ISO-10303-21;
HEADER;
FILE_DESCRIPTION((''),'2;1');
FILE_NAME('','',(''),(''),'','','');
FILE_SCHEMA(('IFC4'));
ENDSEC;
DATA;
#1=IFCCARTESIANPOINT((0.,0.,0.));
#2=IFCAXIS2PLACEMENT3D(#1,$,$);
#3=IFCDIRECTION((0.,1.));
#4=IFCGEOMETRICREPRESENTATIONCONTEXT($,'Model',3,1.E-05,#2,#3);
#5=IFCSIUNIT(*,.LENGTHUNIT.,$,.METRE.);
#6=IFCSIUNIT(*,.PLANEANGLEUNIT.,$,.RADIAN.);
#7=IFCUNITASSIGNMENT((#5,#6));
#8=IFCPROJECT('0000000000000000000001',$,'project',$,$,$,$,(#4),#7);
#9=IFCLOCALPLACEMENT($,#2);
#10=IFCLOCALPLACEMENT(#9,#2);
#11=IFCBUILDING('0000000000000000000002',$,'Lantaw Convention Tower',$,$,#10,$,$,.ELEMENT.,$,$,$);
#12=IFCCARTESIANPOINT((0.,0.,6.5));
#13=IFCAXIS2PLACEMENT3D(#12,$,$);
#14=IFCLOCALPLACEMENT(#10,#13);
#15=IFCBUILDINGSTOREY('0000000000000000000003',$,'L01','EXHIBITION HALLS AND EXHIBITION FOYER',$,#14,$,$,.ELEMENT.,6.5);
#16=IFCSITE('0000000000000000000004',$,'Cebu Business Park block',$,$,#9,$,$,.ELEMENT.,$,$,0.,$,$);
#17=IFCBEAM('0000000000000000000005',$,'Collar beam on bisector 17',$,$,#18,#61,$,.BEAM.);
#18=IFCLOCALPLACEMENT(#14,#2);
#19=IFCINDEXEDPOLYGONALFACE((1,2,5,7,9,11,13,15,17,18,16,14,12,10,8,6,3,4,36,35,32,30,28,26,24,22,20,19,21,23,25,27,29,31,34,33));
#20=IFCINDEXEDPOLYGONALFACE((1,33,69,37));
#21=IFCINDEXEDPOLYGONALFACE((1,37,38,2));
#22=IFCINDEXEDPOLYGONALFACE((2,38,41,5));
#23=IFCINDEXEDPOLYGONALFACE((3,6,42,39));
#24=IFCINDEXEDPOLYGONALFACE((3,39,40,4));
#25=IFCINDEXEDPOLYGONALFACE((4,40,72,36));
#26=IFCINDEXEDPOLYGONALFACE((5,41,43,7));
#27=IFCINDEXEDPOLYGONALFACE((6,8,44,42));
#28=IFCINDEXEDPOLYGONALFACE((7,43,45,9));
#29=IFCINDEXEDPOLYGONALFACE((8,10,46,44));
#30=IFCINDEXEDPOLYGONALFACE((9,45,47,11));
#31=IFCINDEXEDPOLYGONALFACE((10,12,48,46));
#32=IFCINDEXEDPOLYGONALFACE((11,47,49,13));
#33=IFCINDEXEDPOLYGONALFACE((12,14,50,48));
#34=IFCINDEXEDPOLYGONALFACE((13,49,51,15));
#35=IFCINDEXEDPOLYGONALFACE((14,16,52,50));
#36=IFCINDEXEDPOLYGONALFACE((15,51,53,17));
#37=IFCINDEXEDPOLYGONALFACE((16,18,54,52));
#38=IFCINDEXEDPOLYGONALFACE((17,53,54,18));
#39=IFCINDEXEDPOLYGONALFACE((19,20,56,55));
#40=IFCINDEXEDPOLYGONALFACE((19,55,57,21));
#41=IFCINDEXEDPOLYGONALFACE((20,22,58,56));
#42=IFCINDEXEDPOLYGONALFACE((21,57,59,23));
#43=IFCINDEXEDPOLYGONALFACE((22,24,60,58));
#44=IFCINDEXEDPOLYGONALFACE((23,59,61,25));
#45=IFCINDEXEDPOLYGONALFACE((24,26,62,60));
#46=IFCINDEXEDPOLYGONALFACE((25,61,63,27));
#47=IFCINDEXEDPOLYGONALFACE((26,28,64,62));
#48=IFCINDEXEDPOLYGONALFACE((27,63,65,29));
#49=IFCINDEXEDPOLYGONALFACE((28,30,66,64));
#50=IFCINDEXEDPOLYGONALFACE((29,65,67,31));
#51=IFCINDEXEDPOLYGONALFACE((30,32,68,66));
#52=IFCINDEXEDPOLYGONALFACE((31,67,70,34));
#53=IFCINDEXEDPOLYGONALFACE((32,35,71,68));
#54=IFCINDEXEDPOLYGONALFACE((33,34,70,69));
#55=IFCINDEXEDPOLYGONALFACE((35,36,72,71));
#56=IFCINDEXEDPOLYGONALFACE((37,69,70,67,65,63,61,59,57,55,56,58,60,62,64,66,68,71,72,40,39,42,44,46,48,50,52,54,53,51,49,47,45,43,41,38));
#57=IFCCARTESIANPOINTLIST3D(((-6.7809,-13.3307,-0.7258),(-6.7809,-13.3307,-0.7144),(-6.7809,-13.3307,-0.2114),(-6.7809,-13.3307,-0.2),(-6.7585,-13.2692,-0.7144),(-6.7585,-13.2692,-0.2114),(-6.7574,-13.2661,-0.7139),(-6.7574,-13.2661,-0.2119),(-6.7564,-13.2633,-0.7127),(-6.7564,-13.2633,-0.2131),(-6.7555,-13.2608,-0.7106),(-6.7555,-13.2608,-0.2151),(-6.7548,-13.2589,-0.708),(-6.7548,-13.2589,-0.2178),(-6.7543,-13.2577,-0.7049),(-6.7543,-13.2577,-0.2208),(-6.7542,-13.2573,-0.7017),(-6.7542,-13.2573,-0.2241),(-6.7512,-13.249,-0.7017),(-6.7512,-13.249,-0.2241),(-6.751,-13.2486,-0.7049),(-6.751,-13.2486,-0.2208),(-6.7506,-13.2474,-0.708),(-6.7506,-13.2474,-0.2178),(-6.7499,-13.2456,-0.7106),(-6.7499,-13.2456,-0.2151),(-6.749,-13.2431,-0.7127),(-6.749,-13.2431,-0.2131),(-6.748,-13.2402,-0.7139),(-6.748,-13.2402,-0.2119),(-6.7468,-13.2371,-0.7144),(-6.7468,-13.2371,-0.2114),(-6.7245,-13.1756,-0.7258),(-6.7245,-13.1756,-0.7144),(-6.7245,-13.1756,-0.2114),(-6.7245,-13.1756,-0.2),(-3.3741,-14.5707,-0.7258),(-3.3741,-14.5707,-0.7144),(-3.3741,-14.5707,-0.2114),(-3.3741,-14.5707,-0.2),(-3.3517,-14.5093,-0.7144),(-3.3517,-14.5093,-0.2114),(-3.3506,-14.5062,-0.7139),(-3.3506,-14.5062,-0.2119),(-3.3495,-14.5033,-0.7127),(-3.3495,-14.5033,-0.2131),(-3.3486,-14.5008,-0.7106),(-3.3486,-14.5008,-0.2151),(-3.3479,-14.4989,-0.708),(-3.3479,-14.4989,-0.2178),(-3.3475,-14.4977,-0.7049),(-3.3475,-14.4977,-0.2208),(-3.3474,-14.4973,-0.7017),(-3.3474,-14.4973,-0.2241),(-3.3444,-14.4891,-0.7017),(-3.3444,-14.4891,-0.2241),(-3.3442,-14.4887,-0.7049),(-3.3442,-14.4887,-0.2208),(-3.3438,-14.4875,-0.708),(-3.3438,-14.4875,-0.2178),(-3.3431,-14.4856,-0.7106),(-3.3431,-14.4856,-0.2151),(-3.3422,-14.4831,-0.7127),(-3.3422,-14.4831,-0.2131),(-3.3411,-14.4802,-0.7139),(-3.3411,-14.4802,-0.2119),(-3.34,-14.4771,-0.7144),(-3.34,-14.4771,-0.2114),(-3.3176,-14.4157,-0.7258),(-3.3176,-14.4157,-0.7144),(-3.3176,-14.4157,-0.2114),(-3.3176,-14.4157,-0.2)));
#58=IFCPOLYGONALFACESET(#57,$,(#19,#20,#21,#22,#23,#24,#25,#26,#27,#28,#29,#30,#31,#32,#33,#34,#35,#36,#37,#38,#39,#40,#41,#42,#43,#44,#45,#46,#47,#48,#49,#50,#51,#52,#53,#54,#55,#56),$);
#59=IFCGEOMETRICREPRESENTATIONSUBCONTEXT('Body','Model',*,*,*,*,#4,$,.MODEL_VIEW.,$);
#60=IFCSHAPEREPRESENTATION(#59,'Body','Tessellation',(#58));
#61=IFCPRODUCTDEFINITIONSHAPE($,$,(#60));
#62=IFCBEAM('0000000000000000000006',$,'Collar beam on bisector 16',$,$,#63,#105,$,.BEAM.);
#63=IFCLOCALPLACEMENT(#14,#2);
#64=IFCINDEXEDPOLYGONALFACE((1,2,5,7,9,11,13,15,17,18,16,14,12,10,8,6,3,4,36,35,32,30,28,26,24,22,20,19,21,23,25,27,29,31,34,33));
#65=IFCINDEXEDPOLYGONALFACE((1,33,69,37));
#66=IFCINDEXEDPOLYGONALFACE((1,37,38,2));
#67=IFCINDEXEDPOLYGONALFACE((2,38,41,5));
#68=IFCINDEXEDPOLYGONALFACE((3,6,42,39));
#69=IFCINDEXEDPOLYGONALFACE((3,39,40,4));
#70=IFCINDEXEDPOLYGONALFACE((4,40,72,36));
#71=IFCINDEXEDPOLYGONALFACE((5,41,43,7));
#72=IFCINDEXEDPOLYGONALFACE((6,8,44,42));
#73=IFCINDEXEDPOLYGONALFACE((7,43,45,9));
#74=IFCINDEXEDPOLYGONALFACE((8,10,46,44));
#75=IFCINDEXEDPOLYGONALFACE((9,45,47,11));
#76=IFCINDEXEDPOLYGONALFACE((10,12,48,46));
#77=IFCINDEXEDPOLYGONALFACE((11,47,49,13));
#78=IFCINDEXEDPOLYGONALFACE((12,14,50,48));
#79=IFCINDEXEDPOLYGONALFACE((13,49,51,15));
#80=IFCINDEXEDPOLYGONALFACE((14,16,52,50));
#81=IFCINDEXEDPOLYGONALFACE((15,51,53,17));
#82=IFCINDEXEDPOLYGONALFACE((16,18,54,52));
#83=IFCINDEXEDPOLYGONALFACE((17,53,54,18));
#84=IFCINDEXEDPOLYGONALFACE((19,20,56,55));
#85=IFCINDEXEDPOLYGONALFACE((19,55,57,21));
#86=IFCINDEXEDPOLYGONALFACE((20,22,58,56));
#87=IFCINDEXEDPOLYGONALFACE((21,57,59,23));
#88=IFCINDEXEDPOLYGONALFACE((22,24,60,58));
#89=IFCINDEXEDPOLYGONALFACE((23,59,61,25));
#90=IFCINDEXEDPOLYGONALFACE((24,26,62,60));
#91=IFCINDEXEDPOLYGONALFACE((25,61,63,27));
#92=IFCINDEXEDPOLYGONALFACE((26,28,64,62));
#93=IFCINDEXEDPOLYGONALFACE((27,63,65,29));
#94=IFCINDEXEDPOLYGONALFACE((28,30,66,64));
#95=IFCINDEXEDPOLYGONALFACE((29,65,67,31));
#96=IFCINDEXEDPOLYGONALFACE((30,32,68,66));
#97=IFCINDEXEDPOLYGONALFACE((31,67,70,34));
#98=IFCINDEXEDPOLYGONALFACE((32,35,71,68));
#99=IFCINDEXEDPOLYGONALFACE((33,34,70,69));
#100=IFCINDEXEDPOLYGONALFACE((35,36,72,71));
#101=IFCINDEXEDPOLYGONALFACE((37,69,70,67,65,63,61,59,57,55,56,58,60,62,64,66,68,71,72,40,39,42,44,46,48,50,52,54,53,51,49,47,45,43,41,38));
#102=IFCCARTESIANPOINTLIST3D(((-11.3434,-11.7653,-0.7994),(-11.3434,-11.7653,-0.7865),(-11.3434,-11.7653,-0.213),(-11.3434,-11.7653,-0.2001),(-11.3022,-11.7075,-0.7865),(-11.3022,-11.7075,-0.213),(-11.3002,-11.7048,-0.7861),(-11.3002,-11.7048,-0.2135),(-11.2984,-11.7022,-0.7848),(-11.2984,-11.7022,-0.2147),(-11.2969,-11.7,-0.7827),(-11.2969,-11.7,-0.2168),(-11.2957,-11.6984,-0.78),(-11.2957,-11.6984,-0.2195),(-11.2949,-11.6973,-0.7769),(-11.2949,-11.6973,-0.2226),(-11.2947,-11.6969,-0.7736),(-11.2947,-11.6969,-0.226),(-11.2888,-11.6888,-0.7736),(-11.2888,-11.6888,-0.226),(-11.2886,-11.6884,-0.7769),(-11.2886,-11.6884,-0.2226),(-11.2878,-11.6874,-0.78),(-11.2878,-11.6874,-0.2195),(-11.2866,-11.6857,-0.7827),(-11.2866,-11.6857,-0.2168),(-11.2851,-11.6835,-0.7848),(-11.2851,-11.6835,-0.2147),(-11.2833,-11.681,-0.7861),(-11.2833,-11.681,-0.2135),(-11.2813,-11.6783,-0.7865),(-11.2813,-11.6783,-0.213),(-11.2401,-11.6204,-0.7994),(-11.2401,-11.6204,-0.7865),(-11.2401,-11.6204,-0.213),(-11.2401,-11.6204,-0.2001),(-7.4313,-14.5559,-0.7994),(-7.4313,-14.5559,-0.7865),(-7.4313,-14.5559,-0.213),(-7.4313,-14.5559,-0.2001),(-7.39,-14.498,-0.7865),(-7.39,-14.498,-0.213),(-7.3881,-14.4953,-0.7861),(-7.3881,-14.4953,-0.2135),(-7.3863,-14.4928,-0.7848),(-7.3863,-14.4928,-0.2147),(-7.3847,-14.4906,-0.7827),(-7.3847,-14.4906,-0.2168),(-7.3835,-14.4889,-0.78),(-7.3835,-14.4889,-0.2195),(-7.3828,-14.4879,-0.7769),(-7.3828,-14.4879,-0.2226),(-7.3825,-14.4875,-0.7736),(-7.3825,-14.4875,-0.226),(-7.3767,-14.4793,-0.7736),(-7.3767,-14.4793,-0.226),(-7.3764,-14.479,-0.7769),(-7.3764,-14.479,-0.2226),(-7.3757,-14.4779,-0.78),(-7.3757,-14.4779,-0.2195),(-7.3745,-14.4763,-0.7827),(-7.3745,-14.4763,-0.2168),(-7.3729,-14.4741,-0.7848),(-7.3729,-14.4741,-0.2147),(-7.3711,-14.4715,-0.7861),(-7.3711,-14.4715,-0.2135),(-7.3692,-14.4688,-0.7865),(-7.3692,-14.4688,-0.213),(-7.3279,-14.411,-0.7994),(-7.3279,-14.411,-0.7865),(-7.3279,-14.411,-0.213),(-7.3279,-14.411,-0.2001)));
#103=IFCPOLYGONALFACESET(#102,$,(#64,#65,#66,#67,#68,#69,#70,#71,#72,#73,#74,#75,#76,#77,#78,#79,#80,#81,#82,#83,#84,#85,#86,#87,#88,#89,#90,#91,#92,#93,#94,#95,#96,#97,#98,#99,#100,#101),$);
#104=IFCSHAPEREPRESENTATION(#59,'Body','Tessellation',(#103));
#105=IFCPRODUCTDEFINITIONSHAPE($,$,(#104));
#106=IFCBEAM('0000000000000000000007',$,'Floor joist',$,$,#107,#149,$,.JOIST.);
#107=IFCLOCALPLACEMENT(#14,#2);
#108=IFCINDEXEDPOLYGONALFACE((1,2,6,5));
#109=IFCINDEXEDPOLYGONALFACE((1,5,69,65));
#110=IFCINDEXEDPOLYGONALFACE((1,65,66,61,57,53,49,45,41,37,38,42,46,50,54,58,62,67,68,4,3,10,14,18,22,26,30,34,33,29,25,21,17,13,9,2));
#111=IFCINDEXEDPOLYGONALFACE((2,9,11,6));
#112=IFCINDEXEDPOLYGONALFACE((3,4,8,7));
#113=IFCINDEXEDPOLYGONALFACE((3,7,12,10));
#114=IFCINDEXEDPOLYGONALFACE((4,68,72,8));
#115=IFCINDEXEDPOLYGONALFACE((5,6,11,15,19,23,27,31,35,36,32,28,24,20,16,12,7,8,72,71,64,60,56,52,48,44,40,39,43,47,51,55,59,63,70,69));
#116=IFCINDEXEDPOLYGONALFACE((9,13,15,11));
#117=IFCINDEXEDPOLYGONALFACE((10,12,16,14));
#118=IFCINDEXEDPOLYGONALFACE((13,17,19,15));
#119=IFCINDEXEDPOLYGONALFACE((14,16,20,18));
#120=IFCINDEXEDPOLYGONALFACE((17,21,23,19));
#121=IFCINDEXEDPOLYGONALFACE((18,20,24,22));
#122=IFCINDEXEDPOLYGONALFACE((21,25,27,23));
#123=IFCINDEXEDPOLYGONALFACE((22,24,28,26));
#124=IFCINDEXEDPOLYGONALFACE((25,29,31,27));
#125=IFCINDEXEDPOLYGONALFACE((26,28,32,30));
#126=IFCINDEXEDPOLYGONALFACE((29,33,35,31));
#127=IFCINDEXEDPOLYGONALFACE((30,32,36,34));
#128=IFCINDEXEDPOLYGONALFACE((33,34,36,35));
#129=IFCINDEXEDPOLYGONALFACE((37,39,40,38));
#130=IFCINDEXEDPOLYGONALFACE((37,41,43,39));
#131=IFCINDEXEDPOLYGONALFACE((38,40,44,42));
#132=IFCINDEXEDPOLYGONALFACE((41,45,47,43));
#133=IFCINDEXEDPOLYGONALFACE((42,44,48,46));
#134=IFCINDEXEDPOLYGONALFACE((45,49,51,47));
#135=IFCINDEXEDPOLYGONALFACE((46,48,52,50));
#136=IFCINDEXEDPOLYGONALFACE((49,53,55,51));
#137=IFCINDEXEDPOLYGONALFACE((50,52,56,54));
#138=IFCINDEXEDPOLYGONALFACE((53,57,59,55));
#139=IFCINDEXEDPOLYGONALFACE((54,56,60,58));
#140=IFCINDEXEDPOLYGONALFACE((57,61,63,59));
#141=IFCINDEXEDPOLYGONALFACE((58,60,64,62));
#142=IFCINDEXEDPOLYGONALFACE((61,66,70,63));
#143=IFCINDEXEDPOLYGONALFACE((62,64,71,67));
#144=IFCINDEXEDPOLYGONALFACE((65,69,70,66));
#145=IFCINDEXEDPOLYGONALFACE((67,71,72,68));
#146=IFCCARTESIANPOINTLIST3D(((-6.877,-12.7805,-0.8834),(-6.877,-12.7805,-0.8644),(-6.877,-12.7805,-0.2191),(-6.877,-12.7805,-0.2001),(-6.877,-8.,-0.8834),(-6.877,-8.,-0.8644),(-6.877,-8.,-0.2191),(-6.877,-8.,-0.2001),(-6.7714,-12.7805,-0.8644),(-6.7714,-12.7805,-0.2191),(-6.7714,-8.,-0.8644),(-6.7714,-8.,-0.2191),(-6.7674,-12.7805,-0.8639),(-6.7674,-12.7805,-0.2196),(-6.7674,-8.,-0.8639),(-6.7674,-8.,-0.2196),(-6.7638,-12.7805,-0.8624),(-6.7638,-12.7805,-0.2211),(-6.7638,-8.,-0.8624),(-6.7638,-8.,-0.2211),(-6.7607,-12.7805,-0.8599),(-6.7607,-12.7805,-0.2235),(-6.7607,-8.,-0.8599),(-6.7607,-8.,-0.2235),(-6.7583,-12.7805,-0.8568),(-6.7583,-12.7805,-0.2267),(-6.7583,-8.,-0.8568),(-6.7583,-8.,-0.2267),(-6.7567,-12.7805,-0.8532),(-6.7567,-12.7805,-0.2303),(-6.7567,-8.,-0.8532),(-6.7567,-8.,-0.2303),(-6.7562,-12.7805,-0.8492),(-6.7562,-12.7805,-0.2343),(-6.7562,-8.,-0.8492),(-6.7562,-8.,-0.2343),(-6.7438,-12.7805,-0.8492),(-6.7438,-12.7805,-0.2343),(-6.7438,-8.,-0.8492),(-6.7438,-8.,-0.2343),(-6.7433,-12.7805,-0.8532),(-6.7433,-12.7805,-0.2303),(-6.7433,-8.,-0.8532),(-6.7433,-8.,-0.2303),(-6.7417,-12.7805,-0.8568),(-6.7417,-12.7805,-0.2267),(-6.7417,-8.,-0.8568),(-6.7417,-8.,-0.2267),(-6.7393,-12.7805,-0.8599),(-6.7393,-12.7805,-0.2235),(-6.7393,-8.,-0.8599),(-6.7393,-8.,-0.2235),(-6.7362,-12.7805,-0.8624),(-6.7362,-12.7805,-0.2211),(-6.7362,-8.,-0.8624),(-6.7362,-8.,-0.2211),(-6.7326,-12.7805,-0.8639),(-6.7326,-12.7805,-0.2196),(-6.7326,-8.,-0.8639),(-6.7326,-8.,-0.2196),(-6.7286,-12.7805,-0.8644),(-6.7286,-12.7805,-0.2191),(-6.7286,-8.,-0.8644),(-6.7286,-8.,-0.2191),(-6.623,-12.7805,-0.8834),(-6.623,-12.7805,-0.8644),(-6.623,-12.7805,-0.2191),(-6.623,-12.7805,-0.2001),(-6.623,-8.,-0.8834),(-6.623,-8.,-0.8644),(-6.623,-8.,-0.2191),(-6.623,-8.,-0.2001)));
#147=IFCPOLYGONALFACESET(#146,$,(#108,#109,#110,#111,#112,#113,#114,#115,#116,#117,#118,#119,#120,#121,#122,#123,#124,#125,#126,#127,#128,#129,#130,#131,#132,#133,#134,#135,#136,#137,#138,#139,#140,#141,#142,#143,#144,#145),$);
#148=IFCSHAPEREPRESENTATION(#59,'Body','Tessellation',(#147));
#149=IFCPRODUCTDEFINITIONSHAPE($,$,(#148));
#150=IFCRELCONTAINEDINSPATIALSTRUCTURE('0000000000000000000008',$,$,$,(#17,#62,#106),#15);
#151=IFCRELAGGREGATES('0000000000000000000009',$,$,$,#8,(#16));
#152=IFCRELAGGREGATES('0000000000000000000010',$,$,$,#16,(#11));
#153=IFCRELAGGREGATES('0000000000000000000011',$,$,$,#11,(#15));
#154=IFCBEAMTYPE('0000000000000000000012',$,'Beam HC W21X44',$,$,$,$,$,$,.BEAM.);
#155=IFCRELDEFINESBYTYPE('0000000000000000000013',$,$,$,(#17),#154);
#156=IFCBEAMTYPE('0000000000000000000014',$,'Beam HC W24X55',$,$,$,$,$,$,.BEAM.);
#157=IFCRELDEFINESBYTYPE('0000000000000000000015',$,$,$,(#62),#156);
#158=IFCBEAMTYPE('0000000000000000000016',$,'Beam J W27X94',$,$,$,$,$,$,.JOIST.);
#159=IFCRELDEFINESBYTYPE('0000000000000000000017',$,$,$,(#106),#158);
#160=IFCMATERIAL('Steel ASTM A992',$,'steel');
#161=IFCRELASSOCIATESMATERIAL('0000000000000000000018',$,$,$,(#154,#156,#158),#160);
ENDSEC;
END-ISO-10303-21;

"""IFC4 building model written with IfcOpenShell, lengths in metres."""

from ifc_helpers import new_model, si_unit, direction, frame, origin, origin_2d, place, context, subcontext, project, spatial, i_section, extrude, material, material_profile, profile_set, type_object, element, save


model = new_model("IFC4")

# Units and contexts
model_context = context("Model", 3, precision=1e-05, world=origin(), true_north=direction((0.0, 1.0)))
body_context = subcontext(model_context, "Body", "Model", "MODEL_VIEW")
ifc_project = project(units=[si_unit("LENGTHUNIT", "METRE"), si_unit("PLANEANGLEUNIT", "RADIAN")], contexts=[model_context])

# Site, building, storey
site_placement = place(None, origin())
site = spatial("IfcSite", under=ifc_project, at=site_placement, Name="Cebu Business Park block", CompositionType="ELEMENT", RefElevation=0.0)
building_placement = place(site_placement, origin())
building = spatial("IfcBuilding", under=site, at=building_placement, Name="Lantaw Convention Tower", CompositionType="ELEMENT")
storey_placement = place(building_placement, frame((0.0, 0.0, 6.5)))
storey = spatial("IfcBuildingStorey", under=building, at=storey_placement, Name="L01", Description="EXHIBITION HALLS AND EXHIBITION FOYER", CompositionType="ELEMENT", Elevation=6.5)

# Beams
ifc_material_1 = material(Name="Steel ASTM A992", Category="steel")
ifc_material_profile_1 = material_profile(ifc_material_1, i_section(OverallWidth=0.165, OverallDepth=0.5259, WebThickness=0.0088, FlangeThickness=0.0115, FilletRadius=0.0127, at=origin_2d()), Name="W21X44")
ifc_profile_set_1 = profile_set([ifc_material_profile_1], Name="Steel ASTM A992")
beam_type_1 = type_object("IfcBeamType", Name="Beam HC W21X44", PredefinedType="BEAM", material=ifc_profile_set_1)
beam_1_placement = place(storey_placement, frame((-6.7527, -13.2532, -0.4629), z_axis=(0.939689, -0.34203, 0.0), x_axis=(0.34203, 0.939689, 0.0)))
element("IfcBeam", 1, at=beam_1_placement, inside=storey, type_object=beam_type_1, Name="Collar beam on bisector 17", PredefinedType="BEAM", context=body_context, shape_type="SweptSolid", body=[
    extrude(i_section(OverallWidth=0.165, OverallDepth=0.5259, WebThickness=0.0088, FlangeThickness=0.0115, FilletRadius=0.0127, at=origin_2d()), origin(), (0.0, 0.0, 1.0), 3.6255),
])
ifc_material_profile_2 = material_profile(ifc_material_1, i_section(OverallWidth=0.178, OverallDepth=0.5994, WebThickness=0.01, FlangeThickness=0.0129, FilletRadius=0.0129, at=origin_2d()), Name="W24X55")
ifc_profile_set_2 = profile_set([ifc_material_profile_2], Name="Steel ASTM A992")
beam_type_2 = type_object("IfcBeamType", Name="Beam HC W24X55", PredefinedType="BEAM", material=ifc_profile_set_2)
beam_2_placement = place(storey_placement, frame((-11.2917, -11.6929, -0.4998), z_axis=(0.814111, -0.580709, 0.0), x_axis=(0.580709, 0.814111, 0.0)))
element("IfcBeam", 2, at=beam_2_placement, inside=storey, type_object=beam_type_2, Name="Collar beam on bisector 16", PredefinedType="BEAM", context=body_context, shape_type="SweptSolid", body=[
    extrude(i_section(OverallWidth=0.178, OverallDepth=0.5994, WebThickness=0.01, FlangeThickness=0.0129, FilletRadius=0.0129, at=origin_2d()), origin(), (0.0, 0.0, 1.0), 4.8054),
])
ifc_material_profile_3 = material_profile(ifc_material_1, i_section(OverallWidth=0.2539, OverallDepth=0.6833, WebThickness=0.0125, FlangeThickness=0.019, FilletRadius=0.0151, at=origin_2d()), Name="W27X94")
ifc_profile_set_3 = profile_set([ifc_material_profile_3], Name="Steel ASTM A992")
beam_type_3 = type_object("IfcBeamType", Name="Beam J W27X94", PredefinedType="JOIST", material=ifc_profile_set_3)
beam_3_placement = place(storey_placement, frame((-6.75, -12.7805, -0.5417), z_axis=(0.0, 1.0, 0.0), x_axis=(-1.0, 0.0, 0.0)))
element("IfcBeam", 3, at=beam_3_placement, inside=storey, type_object=beam_type_3, Name="Floor joist", PredefinedType="JOIST", context=body_context, shape_type="SweptSolid", body=[
    extrude(i_section(OverallWidth=0.2539, OverallDepth=0.6833, WebThickness=0.0125, FlangeThickness=0.019, FilletRadius=0.0151, at=origin_2d()), origin(), (0.0, 0.0, 1.0), 4.7805),
])

save(model, "model.ifc")
